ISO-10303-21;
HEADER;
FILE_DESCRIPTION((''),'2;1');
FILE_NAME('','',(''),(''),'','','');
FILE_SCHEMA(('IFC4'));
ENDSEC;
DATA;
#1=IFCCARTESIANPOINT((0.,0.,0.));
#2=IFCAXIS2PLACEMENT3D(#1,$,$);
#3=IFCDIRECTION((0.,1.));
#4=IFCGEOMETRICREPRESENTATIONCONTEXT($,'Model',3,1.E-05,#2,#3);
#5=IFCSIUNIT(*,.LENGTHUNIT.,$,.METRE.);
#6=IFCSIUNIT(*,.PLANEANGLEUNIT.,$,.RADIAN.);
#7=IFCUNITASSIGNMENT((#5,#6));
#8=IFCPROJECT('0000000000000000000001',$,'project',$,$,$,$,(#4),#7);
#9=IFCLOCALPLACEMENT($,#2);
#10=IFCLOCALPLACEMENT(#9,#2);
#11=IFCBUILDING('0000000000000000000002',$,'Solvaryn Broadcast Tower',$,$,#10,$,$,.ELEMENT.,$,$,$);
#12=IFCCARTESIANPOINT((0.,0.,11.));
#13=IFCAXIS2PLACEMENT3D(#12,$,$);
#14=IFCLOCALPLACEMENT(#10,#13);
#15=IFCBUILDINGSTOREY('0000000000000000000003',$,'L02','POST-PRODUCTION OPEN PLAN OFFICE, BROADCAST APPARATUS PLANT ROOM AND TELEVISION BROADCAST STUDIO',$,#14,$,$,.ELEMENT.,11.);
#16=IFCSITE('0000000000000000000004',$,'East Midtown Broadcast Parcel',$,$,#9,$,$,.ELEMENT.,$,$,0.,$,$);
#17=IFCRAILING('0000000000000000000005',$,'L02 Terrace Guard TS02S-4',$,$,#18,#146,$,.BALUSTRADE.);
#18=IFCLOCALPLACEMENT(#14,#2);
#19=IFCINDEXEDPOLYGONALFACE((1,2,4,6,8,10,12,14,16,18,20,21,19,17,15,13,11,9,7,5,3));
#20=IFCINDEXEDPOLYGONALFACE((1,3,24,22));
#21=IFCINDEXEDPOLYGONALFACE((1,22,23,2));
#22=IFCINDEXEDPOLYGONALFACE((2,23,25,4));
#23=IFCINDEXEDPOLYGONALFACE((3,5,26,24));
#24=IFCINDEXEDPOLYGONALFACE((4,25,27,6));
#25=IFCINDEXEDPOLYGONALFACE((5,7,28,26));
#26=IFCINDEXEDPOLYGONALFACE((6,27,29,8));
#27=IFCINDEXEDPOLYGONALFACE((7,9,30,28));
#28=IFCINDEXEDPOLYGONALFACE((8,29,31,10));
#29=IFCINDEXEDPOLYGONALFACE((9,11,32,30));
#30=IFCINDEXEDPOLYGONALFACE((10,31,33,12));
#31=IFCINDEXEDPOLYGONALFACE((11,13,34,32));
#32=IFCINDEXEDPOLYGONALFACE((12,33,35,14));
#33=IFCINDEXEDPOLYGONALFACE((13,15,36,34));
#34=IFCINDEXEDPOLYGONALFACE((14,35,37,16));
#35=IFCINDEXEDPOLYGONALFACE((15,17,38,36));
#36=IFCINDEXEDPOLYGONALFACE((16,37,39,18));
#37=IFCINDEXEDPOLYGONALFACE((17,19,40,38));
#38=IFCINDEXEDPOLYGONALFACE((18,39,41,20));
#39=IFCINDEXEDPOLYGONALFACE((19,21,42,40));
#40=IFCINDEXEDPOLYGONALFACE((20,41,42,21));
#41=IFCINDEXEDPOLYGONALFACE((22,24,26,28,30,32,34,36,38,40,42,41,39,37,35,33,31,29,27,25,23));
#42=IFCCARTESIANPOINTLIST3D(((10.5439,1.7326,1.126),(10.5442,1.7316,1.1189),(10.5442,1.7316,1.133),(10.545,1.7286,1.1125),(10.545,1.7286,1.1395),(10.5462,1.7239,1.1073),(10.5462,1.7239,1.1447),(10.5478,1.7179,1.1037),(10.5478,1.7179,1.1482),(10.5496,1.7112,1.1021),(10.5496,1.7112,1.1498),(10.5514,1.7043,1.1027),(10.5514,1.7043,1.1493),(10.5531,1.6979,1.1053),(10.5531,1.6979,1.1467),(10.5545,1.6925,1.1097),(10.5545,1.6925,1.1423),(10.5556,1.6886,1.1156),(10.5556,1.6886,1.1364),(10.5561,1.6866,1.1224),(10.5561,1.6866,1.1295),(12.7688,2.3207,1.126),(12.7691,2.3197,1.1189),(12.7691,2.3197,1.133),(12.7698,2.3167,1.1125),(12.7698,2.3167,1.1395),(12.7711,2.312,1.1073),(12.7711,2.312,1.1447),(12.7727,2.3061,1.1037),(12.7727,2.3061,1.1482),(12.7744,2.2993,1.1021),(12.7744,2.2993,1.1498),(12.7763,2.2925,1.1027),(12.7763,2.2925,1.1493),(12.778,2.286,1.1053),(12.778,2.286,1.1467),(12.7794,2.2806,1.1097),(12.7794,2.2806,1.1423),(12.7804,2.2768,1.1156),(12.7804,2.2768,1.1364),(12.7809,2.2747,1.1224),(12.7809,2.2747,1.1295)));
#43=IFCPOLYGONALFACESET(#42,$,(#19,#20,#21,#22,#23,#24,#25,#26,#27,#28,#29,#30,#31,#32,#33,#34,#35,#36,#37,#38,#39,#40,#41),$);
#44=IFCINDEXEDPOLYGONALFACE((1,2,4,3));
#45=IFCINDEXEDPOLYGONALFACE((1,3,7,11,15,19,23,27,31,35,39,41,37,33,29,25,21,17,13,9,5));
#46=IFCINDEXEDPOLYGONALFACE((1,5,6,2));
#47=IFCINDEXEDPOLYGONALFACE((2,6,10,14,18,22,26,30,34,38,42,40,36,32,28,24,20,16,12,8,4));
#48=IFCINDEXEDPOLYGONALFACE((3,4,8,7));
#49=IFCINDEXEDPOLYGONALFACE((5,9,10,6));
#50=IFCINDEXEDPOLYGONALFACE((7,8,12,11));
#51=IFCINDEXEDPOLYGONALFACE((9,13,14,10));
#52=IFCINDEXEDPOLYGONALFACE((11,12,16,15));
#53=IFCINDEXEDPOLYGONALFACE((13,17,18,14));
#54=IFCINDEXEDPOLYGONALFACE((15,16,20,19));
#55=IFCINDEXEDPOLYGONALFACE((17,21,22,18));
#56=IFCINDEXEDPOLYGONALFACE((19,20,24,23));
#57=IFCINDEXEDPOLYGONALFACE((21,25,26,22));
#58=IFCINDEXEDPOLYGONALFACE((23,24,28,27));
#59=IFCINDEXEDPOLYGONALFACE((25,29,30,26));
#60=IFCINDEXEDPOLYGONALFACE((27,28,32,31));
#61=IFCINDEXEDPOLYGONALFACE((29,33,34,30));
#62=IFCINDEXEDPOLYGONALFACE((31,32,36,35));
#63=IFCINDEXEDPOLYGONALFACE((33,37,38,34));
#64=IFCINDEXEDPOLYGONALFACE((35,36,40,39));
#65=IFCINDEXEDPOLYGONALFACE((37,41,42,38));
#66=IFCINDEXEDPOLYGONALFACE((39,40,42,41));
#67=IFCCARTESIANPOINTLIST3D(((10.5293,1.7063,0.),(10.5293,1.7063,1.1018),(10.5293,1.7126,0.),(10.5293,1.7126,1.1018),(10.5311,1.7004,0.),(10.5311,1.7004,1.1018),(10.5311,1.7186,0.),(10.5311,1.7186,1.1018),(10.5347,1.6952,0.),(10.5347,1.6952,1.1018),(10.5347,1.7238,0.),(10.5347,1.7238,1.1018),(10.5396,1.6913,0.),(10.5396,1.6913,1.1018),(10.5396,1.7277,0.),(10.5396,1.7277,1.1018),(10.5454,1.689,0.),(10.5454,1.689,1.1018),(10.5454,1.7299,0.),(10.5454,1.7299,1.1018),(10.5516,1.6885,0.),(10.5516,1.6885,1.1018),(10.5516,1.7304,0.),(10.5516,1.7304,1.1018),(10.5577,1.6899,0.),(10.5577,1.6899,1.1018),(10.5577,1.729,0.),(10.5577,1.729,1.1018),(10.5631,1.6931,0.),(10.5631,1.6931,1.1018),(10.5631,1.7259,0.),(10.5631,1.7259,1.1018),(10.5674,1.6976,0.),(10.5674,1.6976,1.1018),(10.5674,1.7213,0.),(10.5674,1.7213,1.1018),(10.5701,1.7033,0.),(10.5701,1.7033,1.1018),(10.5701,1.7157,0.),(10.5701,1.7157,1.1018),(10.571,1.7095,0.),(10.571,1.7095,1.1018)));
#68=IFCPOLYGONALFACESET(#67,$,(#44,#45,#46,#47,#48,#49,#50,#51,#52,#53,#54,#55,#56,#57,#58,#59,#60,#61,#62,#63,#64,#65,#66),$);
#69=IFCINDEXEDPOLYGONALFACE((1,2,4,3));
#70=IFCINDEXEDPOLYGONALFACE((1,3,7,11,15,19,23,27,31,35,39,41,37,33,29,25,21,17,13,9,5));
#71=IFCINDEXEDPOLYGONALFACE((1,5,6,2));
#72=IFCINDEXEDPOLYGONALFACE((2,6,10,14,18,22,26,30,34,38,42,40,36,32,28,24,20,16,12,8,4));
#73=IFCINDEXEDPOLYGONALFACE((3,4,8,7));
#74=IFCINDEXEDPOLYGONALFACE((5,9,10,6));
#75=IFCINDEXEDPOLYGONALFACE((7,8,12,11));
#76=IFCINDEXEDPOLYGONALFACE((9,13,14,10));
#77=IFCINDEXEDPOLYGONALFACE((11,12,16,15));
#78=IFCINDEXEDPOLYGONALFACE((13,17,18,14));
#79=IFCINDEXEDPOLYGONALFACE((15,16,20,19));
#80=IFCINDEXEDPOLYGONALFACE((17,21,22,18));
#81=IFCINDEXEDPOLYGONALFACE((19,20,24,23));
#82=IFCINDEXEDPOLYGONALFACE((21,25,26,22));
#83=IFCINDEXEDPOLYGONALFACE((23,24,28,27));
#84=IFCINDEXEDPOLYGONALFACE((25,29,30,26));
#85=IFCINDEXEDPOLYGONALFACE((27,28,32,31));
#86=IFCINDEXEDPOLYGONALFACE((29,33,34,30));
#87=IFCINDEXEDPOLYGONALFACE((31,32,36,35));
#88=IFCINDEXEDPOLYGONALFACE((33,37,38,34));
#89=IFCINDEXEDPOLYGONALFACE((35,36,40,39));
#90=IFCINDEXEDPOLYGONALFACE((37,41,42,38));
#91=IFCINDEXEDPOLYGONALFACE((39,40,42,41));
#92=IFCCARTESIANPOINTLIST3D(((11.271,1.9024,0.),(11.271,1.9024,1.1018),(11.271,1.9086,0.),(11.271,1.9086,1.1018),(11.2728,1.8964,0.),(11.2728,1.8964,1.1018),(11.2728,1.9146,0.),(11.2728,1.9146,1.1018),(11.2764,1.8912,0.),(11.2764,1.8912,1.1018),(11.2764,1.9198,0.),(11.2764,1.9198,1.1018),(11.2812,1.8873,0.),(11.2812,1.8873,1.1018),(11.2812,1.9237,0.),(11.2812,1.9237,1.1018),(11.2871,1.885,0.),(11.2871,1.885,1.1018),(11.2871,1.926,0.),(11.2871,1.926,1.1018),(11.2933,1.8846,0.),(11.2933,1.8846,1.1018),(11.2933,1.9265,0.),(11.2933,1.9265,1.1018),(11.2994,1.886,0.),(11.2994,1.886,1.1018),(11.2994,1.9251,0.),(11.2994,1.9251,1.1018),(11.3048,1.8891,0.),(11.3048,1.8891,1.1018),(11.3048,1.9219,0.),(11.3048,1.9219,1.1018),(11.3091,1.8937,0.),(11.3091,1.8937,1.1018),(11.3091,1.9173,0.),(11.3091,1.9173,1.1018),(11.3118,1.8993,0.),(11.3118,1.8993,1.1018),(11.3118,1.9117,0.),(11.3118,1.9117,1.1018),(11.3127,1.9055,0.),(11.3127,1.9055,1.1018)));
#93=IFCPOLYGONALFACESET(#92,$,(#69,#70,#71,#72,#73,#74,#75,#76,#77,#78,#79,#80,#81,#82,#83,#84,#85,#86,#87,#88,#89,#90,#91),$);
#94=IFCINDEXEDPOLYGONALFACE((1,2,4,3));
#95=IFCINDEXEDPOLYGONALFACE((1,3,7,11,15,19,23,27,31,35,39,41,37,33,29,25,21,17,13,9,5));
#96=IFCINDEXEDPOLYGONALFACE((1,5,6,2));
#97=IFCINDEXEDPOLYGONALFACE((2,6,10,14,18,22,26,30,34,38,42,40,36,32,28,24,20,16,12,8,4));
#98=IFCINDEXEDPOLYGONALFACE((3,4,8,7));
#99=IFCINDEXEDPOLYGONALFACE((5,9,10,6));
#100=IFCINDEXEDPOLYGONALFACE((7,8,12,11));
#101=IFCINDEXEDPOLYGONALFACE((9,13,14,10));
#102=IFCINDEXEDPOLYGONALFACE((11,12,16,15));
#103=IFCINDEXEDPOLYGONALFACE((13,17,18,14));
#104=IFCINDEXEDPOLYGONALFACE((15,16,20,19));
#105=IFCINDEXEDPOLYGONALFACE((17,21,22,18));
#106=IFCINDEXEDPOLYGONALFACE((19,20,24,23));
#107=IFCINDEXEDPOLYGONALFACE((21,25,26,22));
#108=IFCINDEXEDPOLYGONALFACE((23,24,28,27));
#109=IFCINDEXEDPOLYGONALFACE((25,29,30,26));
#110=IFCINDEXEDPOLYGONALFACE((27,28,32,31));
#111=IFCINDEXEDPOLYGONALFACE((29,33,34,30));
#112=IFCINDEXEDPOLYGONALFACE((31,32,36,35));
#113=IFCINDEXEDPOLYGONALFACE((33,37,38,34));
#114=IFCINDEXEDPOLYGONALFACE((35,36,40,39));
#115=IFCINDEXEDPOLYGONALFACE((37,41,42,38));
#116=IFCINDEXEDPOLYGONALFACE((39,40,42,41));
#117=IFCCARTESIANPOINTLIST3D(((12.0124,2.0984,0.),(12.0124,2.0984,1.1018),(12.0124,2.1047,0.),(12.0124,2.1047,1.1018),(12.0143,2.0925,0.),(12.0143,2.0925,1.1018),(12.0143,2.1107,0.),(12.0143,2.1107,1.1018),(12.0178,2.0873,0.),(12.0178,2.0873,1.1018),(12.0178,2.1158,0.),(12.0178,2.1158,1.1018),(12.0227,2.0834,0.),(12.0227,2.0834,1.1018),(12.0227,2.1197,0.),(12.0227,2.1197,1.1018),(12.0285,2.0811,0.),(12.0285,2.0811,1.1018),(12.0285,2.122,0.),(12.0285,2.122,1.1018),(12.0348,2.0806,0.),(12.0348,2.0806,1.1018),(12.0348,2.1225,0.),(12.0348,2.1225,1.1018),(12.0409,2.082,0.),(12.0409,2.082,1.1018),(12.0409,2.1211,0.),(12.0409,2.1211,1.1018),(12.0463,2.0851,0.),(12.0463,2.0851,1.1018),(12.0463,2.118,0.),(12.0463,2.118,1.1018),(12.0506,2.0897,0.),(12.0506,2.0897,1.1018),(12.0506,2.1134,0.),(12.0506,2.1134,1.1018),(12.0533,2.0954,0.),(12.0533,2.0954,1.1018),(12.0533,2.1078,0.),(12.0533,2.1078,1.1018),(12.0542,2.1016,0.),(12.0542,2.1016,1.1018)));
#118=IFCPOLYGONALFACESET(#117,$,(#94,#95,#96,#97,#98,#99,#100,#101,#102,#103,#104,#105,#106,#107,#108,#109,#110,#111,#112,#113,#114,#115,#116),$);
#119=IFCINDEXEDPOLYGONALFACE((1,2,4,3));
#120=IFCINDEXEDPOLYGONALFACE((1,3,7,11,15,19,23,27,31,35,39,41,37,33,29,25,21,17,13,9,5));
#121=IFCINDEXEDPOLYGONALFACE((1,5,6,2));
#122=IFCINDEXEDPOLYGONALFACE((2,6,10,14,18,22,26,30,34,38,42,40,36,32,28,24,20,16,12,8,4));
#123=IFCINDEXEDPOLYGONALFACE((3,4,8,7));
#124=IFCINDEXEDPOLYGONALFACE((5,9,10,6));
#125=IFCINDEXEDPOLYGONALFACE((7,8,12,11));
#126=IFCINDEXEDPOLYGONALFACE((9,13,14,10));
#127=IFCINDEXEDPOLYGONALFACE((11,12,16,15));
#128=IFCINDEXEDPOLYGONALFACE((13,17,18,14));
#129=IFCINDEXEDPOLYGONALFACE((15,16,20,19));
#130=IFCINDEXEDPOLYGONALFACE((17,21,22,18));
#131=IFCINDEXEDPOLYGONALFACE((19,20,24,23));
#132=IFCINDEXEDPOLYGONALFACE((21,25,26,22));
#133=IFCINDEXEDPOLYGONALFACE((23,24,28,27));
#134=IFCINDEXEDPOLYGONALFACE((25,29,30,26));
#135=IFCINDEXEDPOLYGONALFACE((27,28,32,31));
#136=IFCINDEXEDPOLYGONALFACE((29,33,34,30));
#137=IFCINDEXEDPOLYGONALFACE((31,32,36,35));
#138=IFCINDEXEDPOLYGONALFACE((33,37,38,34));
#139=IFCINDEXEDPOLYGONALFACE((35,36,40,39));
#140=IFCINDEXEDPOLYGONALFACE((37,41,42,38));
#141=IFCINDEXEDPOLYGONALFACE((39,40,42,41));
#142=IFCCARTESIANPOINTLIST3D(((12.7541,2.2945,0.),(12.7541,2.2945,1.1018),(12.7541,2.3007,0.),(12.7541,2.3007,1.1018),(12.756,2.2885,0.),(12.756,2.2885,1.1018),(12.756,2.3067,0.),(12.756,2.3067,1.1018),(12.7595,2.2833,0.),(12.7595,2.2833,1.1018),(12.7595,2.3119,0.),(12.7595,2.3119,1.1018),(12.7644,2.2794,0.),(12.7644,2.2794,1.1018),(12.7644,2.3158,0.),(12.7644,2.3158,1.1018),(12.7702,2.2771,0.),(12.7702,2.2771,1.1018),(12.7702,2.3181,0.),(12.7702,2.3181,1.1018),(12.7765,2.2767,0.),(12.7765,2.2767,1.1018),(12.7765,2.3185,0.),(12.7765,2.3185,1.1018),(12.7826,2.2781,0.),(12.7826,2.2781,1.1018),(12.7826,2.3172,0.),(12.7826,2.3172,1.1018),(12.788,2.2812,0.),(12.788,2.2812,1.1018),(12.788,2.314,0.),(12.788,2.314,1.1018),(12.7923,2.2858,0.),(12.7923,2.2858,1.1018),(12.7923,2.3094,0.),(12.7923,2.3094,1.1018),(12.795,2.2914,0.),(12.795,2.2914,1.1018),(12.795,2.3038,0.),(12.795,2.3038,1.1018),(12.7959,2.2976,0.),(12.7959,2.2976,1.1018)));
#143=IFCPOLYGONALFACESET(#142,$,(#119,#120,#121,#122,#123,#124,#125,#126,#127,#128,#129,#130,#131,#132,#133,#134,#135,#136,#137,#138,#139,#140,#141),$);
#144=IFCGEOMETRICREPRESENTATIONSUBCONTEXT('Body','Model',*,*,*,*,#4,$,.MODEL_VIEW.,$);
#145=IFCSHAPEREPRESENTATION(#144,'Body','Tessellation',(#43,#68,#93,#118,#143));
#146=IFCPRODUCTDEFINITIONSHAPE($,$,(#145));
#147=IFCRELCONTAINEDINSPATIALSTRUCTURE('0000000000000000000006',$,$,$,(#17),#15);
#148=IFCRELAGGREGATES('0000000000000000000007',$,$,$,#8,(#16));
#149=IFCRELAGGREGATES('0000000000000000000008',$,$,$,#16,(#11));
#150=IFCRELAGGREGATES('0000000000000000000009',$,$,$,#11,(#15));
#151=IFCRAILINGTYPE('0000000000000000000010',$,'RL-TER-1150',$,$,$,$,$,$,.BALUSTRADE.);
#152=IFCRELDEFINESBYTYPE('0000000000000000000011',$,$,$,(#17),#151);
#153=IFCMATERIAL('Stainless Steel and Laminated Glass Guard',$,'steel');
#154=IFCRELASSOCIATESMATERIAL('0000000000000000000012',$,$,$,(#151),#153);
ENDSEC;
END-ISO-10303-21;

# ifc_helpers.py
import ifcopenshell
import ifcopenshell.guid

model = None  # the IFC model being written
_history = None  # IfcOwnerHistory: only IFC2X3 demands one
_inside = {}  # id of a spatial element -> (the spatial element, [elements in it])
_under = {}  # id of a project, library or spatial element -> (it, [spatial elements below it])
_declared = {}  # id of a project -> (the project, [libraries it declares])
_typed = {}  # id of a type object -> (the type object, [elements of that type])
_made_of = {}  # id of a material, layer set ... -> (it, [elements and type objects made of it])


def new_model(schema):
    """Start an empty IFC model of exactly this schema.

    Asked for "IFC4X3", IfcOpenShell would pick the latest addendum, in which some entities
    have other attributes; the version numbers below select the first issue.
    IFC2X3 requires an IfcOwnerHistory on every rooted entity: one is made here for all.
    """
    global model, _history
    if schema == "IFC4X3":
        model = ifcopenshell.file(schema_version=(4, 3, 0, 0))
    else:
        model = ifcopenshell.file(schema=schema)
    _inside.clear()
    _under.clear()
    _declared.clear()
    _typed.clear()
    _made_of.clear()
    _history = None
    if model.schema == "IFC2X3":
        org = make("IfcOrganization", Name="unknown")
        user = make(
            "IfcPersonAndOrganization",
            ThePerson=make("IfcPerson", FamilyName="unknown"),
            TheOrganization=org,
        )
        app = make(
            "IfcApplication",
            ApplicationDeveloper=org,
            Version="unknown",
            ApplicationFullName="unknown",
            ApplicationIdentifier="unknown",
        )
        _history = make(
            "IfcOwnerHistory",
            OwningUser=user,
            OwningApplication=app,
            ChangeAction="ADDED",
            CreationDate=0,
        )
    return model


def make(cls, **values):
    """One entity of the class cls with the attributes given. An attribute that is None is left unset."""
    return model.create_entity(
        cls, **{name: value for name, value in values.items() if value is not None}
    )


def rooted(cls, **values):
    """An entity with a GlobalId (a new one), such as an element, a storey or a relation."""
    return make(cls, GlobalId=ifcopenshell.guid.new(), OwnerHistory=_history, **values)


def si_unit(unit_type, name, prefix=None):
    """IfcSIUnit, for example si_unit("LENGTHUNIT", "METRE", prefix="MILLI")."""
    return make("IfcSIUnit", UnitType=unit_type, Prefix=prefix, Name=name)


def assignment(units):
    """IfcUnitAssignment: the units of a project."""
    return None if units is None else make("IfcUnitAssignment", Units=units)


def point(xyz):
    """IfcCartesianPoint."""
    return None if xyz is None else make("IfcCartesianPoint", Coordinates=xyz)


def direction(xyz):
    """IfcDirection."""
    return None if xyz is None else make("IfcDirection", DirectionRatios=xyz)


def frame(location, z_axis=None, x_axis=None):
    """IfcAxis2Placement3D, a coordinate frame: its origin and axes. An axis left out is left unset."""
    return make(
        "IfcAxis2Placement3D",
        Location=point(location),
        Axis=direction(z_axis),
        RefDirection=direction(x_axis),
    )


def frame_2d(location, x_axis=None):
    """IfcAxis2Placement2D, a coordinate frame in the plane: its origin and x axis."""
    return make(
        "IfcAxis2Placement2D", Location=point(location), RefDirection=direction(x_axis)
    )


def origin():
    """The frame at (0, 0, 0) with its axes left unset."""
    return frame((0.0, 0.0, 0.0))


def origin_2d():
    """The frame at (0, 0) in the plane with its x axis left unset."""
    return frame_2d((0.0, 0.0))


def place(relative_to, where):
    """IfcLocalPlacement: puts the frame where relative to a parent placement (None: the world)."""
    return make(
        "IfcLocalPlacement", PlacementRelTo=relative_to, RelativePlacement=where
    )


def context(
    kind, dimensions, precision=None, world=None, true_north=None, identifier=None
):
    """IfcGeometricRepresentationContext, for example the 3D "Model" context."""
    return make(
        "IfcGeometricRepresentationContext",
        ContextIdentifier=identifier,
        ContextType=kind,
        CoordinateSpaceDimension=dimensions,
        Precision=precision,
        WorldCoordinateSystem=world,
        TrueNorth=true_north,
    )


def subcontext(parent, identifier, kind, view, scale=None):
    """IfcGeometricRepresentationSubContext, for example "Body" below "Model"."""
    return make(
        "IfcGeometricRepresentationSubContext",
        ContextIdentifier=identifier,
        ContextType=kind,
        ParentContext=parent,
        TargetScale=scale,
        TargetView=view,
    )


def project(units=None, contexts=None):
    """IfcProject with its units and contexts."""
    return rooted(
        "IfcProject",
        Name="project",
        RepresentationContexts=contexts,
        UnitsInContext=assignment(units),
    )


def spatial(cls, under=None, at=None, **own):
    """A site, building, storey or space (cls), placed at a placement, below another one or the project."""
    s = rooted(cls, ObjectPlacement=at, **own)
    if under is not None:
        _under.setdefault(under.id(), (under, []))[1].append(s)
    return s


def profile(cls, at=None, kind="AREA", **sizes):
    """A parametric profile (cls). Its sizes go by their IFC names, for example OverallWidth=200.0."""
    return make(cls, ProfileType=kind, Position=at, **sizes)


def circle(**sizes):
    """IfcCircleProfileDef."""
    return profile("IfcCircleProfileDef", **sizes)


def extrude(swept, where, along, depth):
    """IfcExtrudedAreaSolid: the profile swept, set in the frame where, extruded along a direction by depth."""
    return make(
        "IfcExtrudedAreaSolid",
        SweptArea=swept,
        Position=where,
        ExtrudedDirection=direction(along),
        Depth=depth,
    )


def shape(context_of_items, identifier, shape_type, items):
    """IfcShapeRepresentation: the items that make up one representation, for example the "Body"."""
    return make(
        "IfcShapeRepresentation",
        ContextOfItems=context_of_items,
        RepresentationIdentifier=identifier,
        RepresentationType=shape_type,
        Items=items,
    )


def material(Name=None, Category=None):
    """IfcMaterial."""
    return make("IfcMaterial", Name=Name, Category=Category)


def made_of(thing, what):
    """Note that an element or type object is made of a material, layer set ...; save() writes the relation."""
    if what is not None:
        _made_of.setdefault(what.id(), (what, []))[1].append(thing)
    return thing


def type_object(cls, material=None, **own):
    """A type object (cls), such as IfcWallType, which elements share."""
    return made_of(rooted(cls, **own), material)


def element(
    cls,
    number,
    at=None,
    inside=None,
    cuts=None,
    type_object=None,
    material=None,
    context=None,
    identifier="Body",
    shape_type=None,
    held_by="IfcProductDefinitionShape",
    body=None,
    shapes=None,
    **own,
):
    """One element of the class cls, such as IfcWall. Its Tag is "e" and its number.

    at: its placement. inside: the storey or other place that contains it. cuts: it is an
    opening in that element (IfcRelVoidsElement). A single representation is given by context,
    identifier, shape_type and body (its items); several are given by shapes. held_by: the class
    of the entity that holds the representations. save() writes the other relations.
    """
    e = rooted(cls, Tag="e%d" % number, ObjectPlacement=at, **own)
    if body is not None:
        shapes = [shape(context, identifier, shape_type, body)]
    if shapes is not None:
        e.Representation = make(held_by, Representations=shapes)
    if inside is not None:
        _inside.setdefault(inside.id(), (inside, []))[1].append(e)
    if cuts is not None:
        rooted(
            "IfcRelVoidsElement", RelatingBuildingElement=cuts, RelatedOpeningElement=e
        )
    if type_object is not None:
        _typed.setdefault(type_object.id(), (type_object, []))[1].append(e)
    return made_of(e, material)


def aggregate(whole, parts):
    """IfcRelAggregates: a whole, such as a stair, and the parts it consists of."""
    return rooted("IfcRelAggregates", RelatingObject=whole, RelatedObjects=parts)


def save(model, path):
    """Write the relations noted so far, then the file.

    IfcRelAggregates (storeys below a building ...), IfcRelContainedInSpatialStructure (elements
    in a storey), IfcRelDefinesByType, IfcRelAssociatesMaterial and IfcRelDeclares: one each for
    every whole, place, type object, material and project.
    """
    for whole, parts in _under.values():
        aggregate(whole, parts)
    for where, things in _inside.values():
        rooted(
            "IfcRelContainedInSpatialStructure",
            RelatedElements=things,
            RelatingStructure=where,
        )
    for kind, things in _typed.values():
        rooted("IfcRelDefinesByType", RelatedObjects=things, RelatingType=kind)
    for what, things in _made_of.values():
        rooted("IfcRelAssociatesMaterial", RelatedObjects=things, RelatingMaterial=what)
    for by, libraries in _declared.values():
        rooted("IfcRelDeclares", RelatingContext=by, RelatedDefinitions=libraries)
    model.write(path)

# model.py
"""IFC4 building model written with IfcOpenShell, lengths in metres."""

from ifc_helpers import new_model, si_unit, direction, frame, origin, origin_2d, place, context, subcontext, project, spatial, circle, extrude, material, type_object, element, save


model = new_model("IFC4")

# Units and contexts
model_context = context("Model", 3, precision=1e-05, world=origin(), true_north=direction((0.0, 1.0)))
body_context = subcontext(model_context, "Body", "Model", "MODEL_VIEW")
ifc_project = project(units=[si_unit("LENGTHUNIT", "METRE"), si_unit("PLANEANGLEUNIT", "RADIAN")], contexts=[model_context])

# Site, building, storey
site_placement = place(None, origin())
site = spatial("IfcSite", under=ifc_project, at=site_placement, Name="East Midtown Broadcast Parcel", CompositionType="ELEMENT", RefElevation=0.0)
building_placement = place(site_placement, origin())
building = spatial("IfcBuilding", under=site, at=building_placement, Name="Solvaryn Broadcast Tower", CompositionType="ELEMENT")
storey_placement = place(building_placement, frame((0.0, 0.0, 11.0)))
storey = spatial("IfcBuildingStorey", under=building, at=storey_placement, Name="L02", Description="POST-PRODUCTION OPEN PLAN OFFICE, BROADCAST APPARATUS PLANT ROOM AND TELEVISION BROADCAST STUDIO", CompositionType="ELEMENT", Elevation=11.0)

# Railing
ifc_material_1 = material(Name="Stainless Steel and Laminated Glass Guard", Category="steel")
railing_type = type_object("IfcRailingType", Name="RL-TER-1150", PredefinedType="BALUSTRADE", material=ifc_material_1)
railing_1_placement = place(storey_placement, frame((10.55, 1.7095, 0.0)))
element("IfcRailing", 1, at=railing_1_placement, inside=storey, type_object=railing_type, Name="L02 Terrace Guard TS02S-4", PredefinedType="BALUSTRADE", context=body_context, shape_type="SweptSolid", body=[
    extrude(circle(Radius=0.0239, at=origin_2d()), frame((0.0, 0.0, 1.126), z_axis=(0.966791, 0.255569, 0.0), x_axis=(-0.255569, 0.966791, 0.0)), (0.0, 0.0, 1.0), 2.3013),
    extrude(circle(Radius=0.021, at=origin_2d()), origin(), (0.0, 0.0, 1.0), 1.1018),
    extrude(circle(Radius=0.021, at=origin_2d()), frame((0.7417, 0.196, 0.0)), (0.0, 0.0, 1.0), 1.1018),
    extrude(circle(Radius=0.021, at=origin_2d()), frame((1.4832, 0.3921, 0.0)), (0.0, 0.0, 1.0), 1.1018),
    extrude(circle(Radius=0.021, at=origin_2d()), frame((2.2249, 0.5881, 0.0)), (0.0, 0.0, 1.0), 1.1018),
])

save(model, "model.ifc")
